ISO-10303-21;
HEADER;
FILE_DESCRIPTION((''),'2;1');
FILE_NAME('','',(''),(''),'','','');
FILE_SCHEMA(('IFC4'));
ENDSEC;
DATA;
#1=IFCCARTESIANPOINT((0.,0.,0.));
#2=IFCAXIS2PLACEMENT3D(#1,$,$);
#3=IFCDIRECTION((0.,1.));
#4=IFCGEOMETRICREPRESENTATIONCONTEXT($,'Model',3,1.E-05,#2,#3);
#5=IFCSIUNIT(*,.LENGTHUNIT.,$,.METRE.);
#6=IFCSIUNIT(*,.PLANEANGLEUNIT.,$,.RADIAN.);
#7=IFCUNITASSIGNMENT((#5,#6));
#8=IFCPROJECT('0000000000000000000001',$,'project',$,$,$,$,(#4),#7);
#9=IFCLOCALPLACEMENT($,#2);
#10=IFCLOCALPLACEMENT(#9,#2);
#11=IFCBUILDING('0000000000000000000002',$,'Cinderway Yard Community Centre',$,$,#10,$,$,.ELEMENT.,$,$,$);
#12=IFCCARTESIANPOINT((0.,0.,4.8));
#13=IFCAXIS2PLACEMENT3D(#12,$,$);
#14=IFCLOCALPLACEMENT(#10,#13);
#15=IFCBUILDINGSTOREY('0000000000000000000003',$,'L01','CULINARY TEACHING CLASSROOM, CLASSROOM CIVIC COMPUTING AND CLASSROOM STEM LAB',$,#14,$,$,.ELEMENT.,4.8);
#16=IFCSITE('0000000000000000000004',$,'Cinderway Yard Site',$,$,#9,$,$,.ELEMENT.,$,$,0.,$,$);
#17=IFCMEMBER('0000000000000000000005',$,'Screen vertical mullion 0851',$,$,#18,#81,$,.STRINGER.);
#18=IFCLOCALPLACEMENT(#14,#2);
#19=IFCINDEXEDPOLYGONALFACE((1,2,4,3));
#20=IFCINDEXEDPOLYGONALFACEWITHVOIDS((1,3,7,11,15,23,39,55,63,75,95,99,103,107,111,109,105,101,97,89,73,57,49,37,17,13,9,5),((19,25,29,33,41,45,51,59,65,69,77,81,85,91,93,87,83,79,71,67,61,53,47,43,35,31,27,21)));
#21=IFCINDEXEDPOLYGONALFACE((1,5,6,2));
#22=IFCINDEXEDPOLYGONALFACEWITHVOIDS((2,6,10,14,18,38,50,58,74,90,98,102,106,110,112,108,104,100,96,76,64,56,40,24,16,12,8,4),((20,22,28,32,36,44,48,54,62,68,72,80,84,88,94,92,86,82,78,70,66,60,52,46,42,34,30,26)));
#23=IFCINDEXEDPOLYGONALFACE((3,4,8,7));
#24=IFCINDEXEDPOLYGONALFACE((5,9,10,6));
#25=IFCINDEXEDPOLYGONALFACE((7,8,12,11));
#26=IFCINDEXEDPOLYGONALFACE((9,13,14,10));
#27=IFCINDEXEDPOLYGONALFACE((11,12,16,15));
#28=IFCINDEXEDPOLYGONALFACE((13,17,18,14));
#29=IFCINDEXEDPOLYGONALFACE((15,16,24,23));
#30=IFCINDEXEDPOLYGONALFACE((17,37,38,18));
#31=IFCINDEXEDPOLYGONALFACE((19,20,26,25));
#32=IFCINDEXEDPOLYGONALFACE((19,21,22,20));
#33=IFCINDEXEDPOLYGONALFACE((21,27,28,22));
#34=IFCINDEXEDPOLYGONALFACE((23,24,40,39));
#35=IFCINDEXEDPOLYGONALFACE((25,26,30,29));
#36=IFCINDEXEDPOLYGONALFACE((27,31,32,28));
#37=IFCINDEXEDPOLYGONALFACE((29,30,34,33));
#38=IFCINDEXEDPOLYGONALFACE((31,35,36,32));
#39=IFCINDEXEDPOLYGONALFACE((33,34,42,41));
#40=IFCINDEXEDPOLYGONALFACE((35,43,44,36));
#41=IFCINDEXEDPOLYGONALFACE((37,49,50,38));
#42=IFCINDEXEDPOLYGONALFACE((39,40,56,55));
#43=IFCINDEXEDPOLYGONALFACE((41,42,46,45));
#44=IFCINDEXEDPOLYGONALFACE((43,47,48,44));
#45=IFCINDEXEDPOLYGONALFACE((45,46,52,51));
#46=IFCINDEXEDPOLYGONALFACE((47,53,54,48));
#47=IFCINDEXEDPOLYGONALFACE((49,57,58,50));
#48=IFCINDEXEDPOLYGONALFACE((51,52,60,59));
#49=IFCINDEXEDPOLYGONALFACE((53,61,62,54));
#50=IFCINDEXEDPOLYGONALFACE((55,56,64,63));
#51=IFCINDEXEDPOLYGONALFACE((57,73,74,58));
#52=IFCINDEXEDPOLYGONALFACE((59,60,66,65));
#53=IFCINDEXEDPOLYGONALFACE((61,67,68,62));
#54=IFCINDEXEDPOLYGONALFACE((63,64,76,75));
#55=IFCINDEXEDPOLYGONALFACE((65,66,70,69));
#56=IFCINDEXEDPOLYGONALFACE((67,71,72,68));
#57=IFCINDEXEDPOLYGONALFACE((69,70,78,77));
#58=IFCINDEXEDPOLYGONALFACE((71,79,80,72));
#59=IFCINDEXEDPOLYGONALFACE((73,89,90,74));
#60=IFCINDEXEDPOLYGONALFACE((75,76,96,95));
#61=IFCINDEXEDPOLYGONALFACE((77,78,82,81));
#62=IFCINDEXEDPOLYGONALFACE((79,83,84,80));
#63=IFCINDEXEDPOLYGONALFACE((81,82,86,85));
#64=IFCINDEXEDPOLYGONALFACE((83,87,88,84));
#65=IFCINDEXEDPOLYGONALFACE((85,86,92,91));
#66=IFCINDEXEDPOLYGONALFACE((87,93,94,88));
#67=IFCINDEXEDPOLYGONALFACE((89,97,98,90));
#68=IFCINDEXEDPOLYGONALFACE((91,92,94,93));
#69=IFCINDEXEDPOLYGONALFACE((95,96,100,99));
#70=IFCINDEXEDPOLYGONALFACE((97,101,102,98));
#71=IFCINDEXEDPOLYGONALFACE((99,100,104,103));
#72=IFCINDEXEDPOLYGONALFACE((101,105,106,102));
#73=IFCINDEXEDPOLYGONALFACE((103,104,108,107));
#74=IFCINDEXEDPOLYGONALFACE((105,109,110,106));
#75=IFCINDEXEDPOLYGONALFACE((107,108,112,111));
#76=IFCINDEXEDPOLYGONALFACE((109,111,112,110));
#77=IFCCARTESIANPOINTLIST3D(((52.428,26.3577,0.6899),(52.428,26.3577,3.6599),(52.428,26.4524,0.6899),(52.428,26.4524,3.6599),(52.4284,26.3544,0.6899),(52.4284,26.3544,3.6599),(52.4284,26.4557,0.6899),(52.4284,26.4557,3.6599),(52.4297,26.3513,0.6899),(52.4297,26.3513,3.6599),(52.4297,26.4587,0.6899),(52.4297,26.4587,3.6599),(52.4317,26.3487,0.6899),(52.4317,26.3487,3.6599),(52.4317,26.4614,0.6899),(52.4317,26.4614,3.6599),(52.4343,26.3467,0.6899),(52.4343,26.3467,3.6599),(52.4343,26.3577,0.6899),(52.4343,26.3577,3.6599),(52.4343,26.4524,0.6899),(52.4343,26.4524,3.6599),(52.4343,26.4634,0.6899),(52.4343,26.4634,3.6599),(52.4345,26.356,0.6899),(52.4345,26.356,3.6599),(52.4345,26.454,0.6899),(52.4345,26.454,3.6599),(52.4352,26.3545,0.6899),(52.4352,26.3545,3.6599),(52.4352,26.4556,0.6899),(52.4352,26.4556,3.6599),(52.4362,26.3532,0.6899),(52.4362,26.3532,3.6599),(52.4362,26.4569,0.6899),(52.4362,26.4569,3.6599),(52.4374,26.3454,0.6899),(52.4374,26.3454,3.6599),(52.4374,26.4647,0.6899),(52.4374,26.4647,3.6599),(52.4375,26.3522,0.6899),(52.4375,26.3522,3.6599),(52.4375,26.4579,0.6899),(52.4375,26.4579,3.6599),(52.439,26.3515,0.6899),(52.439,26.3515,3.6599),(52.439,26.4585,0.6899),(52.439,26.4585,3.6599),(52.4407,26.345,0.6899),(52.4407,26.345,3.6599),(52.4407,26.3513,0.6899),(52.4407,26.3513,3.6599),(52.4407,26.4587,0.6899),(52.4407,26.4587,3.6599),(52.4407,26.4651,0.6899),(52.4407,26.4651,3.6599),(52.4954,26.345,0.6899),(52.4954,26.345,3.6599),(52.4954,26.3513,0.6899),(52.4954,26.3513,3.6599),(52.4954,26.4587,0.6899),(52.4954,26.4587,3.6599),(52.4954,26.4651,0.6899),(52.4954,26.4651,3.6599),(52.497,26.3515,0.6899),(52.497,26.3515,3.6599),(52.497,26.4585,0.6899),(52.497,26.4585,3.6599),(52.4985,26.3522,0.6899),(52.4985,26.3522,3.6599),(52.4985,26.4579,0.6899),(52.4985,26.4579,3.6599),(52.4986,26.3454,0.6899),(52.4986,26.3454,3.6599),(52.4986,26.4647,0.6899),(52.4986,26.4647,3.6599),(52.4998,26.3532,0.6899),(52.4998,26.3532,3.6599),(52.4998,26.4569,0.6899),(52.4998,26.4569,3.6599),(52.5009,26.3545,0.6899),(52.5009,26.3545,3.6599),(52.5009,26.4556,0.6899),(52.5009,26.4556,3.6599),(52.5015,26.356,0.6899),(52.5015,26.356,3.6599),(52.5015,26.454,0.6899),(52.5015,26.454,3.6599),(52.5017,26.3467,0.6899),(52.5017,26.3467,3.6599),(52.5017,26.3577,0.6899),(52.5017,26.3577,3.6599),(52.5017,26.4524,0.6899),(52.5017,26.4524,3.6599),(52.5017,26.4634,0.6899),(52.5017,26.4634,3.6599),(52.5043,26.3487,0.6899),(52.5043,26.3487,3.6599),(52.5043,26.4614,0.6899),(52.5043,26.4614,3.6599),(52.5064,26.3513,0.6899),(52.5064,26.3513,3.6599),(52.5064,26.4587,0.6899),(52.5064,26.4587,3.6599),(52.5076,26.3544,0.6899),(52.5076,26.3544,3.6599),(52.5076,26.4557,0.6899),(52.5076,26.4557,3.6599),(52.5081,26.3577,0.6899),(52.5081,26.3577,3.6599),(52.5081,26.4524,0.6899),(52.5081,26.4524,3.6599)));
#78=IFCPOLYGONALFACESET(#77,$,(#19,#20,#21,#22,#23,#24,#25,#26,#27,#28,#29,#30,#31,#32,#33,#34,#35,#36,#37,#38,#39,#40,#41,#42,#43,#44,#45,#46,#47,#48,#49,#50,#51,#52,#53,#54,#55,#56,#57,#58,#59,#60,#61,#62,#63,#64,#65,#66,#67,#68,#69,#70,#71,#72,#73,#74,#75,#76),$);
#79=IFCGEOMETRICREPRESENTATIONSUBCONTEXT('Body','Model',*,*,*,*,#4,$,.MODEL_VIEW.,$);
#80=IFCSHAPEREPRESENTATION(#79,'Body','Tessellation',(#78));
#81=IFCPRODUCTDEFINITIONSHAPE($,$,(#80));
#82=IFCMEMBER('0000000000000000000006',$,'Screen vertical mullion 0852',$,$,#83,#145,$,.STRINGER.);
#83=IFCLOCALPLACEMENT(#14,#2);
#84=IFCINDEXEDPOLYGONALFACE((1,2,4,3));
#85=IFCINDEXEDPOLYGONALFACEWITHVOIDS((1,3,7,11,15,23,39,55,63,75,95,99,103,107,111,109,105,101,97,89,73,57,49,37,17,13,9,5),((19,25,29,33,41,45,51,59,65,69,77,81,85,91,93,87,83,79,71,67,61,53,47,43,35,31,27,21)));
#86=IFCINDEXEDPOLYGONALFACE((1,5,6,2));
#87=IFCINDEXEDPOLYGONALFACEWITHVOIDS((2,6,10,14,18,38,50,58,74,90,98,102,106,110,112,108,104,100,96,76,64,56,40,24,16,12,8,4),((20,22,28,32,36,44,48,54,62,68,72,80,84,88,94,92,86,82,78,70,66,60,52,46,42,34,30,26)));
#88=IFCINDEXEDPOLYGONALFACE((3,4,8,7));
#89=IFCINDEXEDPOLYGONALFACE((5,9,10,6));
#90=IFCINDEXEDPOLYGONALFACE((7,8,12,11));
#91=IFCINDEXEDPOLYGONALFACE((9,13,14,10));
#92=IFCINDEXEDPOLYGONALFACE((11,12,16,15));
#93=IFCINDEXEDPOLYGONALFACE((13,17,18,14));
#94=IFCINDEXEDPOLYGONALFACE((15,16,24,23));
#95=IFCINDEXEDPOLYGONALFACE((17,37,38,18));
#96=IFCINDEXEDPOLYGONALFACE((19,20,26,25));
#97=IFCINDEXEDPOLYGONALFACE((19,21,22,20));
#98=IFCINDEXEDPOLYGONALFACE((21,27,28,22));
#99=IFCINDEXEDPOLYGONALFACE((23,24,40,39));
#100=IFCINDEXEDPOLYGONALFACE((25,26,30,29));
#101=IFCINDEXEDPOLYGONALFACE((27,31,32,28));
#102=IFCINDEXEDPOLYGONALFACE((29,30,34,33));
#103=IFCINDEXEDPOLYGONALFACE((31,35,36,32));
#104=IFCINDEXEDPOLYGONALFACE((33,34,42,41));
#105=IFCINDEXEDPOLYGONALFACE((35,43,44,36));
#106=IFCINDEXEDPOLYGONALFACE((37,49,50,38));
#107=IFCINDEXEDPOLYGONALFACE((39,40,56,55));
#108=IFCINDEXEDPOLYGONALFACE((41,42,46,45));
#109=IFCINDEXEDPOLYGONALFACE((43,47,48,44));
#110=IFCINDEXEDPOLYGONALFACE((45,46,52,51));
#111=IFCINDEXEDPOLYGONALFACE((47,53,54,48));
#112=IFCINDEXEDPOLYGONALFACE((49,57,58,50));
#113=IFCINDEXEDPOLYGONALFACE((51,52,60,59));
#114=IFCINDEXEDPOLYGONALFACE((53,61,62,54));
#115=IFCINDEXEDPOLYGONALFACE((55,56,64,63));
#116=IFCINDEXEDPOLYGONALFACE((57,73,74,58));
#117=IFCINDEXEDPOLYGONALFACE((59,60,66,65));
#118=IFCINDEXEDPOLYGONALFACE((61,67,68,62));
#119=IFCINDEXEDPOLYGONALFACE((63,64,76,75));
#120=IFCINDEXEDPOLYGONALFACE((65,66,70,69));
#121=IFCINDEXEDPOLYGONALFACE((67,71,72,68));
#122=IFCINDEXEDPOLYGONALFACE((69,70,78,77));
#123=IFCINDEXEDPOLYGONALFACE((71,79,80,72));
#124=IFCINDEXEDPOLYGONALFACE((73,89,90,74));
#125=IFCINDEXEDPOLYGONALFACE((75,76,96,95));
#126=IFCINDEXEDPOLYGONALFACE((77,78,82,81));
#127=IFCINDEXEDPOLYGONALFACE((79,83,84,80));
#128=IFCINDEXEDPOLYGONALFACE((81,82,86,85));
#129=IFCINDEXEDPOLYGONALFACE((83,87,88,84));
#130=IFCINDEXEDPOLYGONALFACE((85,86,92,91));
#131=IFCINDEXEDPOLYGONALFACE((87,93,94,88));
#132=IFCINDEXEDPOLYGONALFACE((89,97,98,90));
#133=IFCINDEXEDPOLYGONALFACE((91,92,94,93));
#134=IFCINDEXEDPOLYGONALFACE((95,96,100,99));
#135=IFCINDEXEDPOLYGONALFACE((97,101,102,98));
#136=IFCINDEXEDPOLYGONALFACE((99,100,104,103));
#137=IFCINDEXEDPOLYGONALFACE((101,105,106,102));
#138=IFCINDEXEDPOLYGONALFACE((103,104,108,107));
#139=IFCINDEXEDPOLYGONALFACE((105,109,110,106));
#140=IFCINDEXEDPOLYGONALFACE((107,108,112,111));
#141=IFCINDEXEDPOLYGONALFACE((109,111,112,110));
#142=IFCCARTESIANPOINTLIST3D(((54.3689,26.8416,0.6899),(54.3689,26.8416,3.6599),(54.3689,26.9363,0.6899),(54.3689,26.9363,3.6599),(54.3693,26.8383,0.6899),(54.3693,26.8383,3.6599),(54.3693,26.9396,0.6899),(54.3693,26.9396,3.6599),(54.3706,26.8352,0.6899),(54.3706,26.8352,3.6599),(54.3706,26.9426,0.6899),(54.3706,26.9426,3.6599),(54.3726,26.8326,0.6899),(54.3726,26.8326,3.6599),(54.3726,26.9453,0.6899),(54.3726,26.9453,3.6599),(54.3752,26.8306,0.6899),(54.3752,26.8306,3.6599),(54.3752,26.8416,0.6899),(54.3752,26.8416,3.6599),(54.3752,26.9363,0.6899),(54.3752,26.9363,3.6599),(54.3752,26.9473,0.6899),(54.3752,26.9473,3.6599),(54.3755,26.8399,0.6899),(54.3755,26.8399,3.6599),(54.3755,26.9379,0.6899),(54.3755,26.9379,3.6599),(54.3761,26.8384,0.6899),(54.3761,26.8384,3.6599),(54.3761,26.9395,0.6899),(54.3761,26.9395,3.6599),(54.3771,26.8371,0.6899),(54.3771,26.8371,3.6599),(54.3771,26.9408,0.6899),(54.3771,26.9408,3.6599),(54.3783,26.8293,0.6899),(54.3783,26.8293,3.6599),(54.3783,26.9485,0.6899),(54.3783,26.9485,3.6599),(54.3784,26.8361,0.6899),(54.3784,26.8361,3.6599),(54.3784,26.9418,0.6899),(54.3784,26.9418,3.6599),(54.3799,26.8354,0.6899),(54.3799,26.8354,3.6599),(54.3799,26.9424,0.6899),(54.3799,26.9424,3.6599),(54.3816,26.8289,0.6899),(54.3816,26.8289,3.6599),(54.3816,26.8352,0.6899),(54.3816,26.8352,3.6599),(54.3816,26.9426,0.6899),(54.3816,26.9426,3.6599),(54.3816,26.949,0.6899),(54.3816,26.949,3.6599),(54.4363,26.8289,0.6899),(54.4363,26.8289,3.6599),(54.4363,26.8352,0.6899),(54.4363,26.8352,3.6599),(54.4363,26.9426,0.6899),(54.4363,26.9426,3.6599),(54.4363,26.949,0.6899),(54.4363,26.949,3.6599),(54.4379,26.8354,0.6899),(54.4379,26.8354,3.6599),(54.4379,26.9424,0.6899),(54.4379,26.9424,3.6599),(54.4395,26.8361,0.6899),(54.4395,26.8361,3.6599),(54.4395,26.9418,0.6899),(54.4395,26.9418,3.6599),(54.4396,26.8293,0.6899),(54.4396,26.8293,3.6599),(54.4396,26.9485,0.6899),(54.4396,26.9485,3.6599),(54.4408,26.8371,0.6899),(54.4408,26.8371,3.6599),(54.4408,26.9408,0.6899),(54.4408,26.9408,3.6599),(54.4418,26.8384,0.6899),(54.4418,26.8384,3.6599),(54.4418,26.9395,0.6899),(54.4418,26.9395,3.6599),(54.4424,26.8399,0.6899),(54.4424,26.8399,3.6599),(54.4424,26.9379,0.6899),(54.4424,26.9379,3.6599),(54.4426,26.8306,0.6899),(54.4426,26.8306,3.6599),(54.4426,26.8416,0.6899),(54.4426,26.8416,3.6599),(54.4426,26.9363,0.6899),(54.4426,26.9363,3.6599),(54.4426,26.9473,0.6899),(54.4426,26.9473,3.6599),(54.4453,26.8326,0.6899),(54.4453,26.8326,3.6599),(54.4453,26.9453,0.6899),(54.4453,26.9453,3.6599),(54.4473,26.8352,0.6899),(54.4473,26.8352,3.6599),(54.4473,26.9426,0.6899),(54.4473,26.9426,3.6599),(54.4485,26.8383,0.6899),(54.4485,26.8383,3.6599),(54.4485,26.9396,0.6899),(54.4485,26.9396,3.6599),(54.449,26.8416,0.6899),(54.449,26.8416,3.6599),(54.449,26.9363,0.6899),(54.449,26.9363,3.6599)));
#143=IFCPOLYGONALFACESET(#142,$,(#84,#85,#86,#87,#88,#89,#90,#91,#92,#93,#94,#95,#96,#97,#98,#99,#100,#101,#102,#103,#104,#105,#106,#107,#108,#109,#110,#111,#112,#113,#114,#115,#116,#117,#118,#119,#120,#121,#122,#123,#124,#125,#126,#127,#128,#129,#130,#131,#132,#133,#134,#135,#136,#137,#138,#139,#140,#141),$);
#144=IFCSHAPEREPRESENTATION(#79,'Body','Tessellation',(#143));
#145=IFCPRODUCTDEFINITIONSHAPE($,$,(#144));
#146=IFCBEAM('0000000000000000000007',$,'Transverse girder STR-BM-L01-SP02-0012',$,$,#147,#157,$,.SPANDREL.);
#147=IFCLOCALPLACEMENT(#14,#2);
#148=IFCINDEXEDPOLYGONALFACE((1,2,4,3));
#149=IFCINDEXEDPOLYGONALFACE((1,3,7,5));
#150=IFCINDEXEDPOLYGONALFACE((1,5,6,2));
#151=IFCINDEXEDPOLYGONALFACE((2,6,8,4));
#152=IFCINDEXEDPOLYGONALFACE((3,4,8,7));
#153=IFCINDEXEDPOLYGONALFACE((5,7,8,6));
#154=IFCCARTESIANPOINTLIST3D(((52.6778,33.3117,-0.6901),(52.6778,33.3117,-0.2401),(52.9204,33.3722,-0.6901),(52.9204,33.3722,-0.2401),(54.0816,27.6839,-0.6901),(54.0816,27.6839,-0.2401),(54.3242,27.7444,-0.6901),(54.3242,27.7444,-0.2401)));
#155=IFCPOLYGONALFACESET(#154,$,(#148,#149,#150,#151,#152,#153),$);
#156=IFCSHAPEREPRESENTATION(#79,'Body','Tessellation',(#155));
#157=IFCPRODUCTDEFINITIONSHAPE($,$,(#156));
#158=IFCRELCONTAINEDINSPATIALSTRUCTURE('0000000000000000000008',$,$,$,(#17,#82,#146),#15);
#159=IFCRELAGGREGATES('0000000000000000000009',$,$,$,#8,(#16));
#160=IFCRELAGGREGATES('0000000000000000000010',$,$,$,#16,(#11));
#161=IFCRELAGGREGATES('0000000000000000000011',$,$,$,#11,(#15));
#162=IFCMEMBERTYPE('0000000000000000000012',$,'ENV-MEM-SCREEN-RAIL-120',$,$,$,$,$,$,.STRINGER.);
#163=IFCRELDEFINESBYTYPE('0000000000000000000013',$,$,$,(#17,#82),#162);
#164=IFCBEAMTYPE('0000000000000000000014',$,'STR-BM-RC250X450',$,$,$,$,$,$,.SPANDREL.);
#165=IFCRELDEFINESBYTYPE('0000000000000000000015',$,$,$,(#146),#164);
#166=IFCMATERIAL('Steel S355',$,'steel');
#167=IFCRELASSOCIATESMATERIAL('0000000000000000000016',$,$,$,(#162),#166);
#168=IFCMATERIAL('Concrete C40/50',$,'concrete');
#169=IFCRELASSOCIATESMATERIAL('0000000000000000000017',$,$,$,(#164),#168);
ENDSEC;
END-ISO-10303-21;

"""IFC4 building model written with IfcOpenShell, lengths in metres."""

from ifc_helpers import new_model, si_unit, direction, frame, origin, origin_2d, place, context, subcontext, project, spatial, rectangle, hollow_rectangle, extrude, material, material_profile, profile_set, type_object, element, save


model = new_model("IFC4")

# Units and contexts
model_context = context("Model", 3, precision=1e-05, world=origin(), true_north=direction((0.0, 1.0)))
body_context = subcontext(model_context, "Body", "Model", "MODEL_VIEW")
ifc_project = project(units=[si_unit("LENGTHUNIT", "METRE"), si_unit("PLANEANGLEUNIT", "RADIAN")], contexts=[model_context])

# Site, building, storey
site_placement = place(None, origin())
site = spatial("IfcSite", under=ifc_project, at=site_placement, Name="Cinderway Yard Site", CompositionType="ELEMENT", RefElevation=0.0)
building_placement = place(site_placement, origin())
building = spatial("IfcBuilding", under=site, at=building_placement, Name="Cinderway Yard Community Centre", CompositionType="ELEMENT")
storey_placement = place(building_placement, frame((0.0, 0.0, 4.8)))
storey = spatial("IfcBuildingStorey", under=building, at=storey_placement, Name="L01", Description="CULINARY TEACHING CLASSROOM, CLASSROOM CIVIC COMPUTING AND CLASSROOM STEM LAB", CompositionType="ELEMENT", Elevation=4.8)

# Shared definitions
ifc_material_1 = material(Name="Concrete C40/50", Category="concrete")

# Members
ifc_material_2 = material(Name="Steel S355", Category="steel")
ifc_material_profile_1 = material_profile(ifc_material_2, hollow_rectangle(XDim=0.0801, YDim=0.1201, WallThickness=0.0063, InnerFilletRadius=0.0063, OuterFilletRadius=0.0127, at=origin_2d()), Name="Steel S355")
ifc_profile_set_1 = profile_set([ifc_material_profile_1], Name="Steel S355")
member_type_1 = type_object("IfcMemberType", Name="ENV-MEM-SCREEN-RAIL-120", PredefinedType="STRINGER", material=ifc_profile_set_1)
for number, where, z_axis, x_axis, name in (
    (1, (52.468, 26.405, 0.6899), (0.0, 0.0, 1.0), (1.0, 0.0, 0.0), "Screen vertical mullion 0851"),
    (2, (54.4089, 26.8889, 0.6899), (0.0, 0.0, 1.0), (1.0, 0.0, 0.0), "Screen vertical mullion 0852"),
):
    element("IfcMember", number, at=place(storey_placement, frame(where, z_axis=z_axis, x_axis=x_axis)), inside=storey, type_object=member_type_1, Name=name, PredefinedType="STRINGER", context=body_context, shape_type="SweptSolid", body=[
        extrude(hollow_rectangle(XDim=0.0801, YDim=0.1201, WallThickness=0.0063, InnerFilletRadius=0.0063, OuterFilletRadius=0.0127, at=origin_2d()), origin(), (0.0, 0.0, 1.0), 2.97),
    ])

# Beam
ifc_material_profile_2 = material_profile(ifc_material_1, rectangle(XDim=0.25, YDim=0.45, at=origin_2d()), Name="Concrete C40/50")
ifc_profile_set_2 = profile_set([ifc_material_profile_2], Name="Concrete C40/50")
beam_type_1 = type_object("IfcBeamType", Name="STR-BM-RC250X450", PredefinedType="SPANDREL", material=ifc_profile_set_2)
beam_1_placement = place(storey_placement, frame((54.2029, 27.7141, -0.4651), z_axis=(-0.242021, 0.970271, 0.0), x_axis=(-0.970271, -0.242021, 0.0)))
element("IfcBeam", 3, at=beam_1_placement, inside=storey, type_object=beam_type_1, Name="Transverse girder STR-BM-L01-SP02-0012", PredefinedType="SPANDREL", context=body_context, shape_type="SweptSolid", body=[
    extrude(rectangle(XDim=0.25, YDim=0.45, at=origin_2d()), origin(), (0.0, 0.0, 1.0), 5.8003),
])

save(model, "model.ifc")
